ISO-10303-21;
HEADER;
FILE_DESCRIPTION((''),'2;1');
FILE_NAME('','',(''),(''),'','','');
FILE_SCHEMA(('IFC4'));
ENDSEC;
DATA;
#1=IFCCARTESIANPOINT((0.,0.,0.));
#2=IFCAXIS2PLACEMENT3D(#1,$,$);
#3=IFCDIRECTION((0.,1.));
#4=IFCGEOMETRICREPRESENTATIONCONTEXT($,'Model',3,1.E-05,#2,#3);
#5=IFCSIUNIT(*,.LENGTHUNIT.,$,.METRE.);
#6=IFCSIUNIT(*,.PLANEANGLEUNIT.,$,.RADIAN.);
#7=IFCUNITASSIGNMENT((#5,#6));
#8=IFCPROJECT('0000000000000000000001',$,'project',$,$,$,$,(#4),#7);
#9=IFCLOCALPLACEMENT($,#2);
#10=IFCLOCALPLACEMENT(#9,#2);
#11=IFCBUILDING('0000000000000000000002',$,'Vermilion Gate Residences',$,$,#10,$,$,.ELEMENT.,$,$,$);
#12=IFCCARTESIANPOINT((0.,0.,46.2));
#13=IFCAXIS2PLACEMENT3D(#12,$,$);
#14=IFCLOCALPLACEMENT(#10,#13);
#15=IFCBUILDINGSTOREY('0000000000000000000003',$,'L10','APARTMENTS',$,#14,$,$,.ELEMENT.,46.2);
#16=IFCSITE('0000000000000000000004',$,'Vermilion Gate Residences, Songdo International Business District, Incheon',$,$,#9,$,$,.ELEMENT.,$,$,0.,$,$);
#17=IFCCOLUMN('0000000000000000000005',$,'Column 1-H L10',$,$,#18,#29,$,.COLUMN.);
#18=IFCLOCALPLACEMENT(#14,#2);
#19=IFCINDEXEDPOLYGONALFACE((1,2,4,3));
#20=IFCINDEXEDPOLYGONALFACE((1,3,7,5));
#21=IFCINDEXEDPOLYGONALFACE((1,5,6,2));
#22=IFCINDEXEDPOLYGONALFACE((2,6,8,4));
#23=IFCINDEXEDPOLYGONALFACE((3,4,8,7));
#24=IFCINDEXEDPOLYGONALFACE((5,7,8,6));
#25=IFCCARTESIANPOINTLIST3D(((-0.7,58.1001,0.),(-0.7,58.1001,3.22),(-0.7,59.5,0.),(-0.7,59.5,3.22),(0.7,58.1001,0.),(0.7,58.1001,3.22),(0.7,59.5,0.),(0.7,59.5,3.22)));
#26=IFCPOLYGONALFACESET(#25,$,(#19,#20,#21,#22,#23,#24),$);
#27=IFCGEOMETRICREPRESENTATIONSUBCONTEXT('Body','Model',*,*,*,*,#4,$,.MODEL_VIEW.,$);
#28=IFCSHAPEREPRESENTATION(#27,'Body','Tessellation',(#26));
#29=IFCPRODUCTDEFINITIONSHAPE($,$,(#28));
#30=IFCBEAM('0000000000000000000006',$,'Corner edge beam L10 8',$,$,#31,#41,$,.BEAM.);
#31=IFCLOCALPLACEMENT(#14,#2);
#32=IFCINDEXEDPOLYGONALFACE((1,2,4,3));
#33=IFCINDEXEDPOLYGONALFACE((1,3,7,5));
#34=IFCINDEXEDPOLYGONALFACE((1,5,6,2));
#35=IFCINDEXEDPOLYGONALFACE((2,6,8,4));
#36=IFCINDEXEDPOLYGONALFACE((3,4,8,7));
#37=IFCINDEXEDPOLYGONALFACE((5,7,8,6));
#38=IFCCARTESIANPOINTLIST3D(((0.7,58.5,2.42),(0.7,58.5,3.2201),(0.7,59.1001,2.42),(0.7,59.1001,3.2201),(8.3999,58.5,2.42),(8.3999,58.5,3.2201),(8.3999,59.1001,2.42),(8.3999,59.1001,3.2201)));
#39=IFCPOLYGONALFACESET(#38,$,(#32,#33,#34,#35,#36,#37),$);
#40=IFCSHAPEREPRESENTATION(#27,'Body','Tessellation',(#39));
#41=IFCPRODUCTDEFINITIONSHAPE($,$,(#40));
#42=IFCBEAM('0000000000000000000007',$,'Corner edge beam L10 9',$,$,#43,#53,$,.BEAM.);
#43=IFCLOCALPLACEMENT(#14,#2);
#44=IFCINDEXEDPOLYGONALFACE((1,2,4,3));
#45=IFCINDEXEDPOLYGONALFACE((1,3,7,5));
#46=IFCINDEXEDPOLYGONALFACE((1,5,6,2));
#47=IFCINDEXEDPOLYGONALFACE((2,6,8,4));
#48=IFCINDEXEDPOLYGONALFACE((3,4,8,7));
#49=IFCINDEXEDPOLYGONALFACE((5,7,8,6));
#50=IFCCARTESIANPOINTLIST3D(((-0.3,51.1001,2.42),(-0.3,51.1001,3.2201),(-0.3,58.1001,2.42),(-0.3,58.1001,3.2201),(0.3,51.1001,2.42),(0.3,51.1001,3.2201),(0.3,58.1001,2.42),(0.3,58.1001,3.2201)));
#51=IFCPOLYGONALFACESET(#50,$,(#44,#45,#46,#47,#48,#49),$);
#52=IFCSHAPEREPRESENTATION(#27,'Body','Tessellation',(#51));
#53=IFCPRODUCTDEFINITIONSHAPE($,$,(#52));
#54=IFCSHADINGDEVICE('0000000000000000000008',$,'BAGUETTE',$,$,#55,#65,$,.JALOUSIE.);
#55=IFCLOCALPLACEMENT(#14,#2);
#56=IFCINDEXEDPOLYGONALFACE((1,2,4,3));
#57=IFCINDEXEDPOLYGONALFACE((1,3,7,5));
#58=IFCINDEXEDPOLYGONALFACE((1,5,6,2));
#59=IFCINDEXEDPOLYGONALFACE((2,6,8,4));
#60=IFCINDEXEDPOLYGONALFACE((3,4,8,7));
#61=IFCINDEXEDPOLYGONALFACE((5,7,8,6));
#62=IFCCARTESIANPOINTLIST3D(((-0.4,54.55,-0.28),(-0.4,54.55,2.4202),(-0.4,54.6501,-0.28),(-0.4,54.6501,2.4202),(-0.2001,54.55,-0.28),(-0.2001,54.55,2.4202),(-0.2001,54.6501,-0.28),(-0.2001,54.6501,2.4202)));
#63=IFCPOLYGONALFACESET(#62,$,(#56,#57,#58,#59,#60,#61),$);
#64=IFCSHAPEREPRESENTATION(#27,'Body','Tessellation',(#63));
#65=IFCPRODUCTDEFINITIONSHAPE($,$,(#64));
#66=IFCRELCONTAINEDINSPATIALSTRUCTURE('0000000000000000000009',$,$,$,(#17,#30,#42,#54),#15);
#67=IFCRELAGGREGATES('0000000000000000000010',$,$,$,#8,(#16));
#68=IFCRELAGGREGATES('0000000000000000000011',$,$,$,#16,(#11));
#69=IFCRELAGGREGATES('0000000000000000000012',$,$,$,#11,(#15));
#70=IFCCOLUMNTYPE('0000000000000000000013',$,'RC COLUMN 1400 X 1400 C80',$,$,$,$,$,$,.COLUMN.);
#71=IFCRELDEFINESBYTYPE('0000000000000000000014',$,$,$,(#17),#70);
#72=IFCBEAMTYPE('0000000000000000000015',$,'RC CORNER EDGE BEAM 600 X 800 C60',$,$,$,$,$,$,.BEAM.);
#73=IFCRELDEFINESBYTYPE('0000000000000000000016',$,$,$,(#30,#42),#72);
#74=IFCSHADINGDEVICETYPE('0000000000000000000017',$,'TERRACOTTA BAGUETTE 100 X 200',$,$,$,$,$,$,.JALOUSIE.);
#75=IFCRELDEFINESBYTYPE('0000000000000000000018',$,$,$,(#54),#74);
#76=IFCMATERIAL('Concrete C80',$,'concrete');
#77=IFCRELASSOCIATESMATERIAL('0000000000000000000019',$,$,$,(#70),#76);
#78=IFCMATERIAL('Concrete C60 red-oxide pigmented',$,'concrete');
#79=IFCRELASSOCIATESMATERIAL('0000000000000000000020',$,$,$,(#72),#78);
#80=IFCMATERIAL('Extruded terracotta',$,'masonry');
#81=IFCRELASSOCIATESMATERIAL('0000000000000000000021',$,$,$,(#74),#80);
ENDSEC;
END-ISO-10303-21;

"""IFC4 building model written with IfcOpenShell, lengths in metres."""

from ifc_helpers import new_model, si_unit, direction, frame, origin, origin_2d, place, context, subcontext, project, spatial, rectangle, extrude, material, material_profile, profile_set, type_object, element, save


model = new_model("IFC4")

# Units and contexts
model_context = context("Model", 3, precision=1e-05, world=origin(), true_north=direction((0.0, 1.0)))
body_context = subcontext(model_context, "Body", "Model", "MODEL_VIEW")
ifc_project = project(units=[si_unit("LENGTHUNIT", "METRE"), si_unit("PLANEANGLEUNIT", "RADIAN")], contexts=[model_context])

# Site, building, storey
site_placement = place(None, origin())
site = spatial("IfcSite", under=ifc_project, at=site_placement, Name="Vermilion Gate Residences, Songdo International Business District, Incheon", CompositionType="ELEMENT", RefElevation=0.0)
building_placement = place(site_placement, origin())
building = spatial("IfcBuilding", under=site, at=building_placement, Name="Vermilion Gate Residences", CompositionType="ELEMENT")
storey_placement = place(building_placement, frame((0.0, 0.0, 46.2)))
storey = spatial("IfcBuildingStorey", under=building, at=storey_placement, Name="L10", Description="APARTMENTS", CompositionType="ELEMENT", Elevation=46.2)

# Column
ifc_material_1 = material(Name="Concrete C80", Category="concrete")
ifc_material_profile_1 = material_profile(ifc_material_1, rectangle(XDim=1.3999, YDim=1.3999, at=origin_2d()), Name="RC-1400x1400")
ifc_profile_set_1 = profile_set([ifc_material_profile_1], Name="Concrete C80")
column_type = type_object("IfcColumnType", Name="RC COLUMN 1400 X 1400 C80", PredefinedType="COLUMN", material=ifc_profile_set_1)
column_placement = place(storey_placement, frame((0.0, 58.8, 0.0), z_axis=(0.0, 0.0, 1.0), x_axis=(1.0, 0.0, 0.0)))
element("IfcColumn", 1, at=column_placement, inside=storey, type_object=column_type, Name="Column 1-H L10", PredefinedType="COLUMN", context=body_context, shape_type="SweptSolid", body=[
    extrude(rectangle(XDim=1.3999, YDim=1.3999, at=origin_2d()), origin(), (0.0, 0.0, 1.0), 3.22),
])

# Beams
ifc_material_2 = material(Name="Concrete C60 red-oxide pigmented", Category="concrete")
ifc_material_profile_2 = material_profile(ifc_material_2, rectangle(XDim=0.6001, YDim=0.8, at=origin_2d()), Name="RC-600x800")
ifc_profile_set_2 = profile_set([ifc_material_profile_2], Name="Concrete C60 red-oxide pigmented")
beam_type = type_object("IfcBeamType", Name="RC CORNER EDGE BEAM 600 X 800 C60", PredefinedType="BEAM", material=ifc_profile_set_2)
beam_1_placement = place(storey_placement, frame((0.7, 58.8, 2.8201), z_axis=(1.0, 0.0, 0.0), x_axis=(0.0, 1.0, 0.0)))
element("IfcBeam", 2, at=beam_1_placement, inside=storey, type_object=beam_type, Name="Corner edge beam L10 8", PredefinedType="BEAM", context=body_context, shape_type="SweptSolid", body=[
    extrude(rectangle(XDim=0.6001, YDim=0.8, at=origin_2d()), origin(), (0.0, 0.0, 1.0), 7.7),
])
beam_2_placement = place(storey_placement, frame((0.0, 51.1001, 2.8201), z_axis=(0.0, 1.0, 0.0), x_axis=(-1.0, 0.0, 0.0)))
element("IfcBeam", 3, at=beam_2_placement, inside=storey, type_object=beam_type, Name="Corner edge beam L10 9", PredefinedType="BEAM", context=body_context, shape_type="SweptSolid", body=[
    extrude(rectangle(XDim=0.6001, YDim=0.8, at=origin_2d()), origin(), (0.0, 0.0, 1.0), 7.0),
])

# Shading device
ifc_material_3 = material(Name="Extruded terracotta", Category="masonry")
ifc_material_profile_3 = material_profile(ifc_material_3, rectangle(XDim=0.2, YDim=0.1001, at=origin_2d()), Name="BAGUETTE 100 X 200")
ifc_profile_set_3 = profile_set([ifc_material_profile_3], Name="Extruded terracotta")
shading_device_type = type_object("IfcShadingDeviceType", Name="TERRACOTTA BAGUETTE 100 X 200", PredefinedType="JALOUSIE", material=ifc_profile_set_3)
shading_device_placement = place(storey_placement, frame((-0.3, 54.6001, -0.28), z_axis=(0.0, 0.0, 1.0), x_axis=(1.0, 0.0, 0.0)))
element("IfcShadingDevice", 4, at=shading_device_placement, inside=storey, type_object=shading_device_type, Name="BAGUETTE", PredefinedType="JALOUSIE", context=body_context, shape_type="SweptSolid", body=[
    extrude(rectangle(XDim=0.2, YDim=0.1001, at=origin_2d()), origin(), (0.0, 0.0, 1.0), 2.7002),
])

save(model, "model.ifc")
